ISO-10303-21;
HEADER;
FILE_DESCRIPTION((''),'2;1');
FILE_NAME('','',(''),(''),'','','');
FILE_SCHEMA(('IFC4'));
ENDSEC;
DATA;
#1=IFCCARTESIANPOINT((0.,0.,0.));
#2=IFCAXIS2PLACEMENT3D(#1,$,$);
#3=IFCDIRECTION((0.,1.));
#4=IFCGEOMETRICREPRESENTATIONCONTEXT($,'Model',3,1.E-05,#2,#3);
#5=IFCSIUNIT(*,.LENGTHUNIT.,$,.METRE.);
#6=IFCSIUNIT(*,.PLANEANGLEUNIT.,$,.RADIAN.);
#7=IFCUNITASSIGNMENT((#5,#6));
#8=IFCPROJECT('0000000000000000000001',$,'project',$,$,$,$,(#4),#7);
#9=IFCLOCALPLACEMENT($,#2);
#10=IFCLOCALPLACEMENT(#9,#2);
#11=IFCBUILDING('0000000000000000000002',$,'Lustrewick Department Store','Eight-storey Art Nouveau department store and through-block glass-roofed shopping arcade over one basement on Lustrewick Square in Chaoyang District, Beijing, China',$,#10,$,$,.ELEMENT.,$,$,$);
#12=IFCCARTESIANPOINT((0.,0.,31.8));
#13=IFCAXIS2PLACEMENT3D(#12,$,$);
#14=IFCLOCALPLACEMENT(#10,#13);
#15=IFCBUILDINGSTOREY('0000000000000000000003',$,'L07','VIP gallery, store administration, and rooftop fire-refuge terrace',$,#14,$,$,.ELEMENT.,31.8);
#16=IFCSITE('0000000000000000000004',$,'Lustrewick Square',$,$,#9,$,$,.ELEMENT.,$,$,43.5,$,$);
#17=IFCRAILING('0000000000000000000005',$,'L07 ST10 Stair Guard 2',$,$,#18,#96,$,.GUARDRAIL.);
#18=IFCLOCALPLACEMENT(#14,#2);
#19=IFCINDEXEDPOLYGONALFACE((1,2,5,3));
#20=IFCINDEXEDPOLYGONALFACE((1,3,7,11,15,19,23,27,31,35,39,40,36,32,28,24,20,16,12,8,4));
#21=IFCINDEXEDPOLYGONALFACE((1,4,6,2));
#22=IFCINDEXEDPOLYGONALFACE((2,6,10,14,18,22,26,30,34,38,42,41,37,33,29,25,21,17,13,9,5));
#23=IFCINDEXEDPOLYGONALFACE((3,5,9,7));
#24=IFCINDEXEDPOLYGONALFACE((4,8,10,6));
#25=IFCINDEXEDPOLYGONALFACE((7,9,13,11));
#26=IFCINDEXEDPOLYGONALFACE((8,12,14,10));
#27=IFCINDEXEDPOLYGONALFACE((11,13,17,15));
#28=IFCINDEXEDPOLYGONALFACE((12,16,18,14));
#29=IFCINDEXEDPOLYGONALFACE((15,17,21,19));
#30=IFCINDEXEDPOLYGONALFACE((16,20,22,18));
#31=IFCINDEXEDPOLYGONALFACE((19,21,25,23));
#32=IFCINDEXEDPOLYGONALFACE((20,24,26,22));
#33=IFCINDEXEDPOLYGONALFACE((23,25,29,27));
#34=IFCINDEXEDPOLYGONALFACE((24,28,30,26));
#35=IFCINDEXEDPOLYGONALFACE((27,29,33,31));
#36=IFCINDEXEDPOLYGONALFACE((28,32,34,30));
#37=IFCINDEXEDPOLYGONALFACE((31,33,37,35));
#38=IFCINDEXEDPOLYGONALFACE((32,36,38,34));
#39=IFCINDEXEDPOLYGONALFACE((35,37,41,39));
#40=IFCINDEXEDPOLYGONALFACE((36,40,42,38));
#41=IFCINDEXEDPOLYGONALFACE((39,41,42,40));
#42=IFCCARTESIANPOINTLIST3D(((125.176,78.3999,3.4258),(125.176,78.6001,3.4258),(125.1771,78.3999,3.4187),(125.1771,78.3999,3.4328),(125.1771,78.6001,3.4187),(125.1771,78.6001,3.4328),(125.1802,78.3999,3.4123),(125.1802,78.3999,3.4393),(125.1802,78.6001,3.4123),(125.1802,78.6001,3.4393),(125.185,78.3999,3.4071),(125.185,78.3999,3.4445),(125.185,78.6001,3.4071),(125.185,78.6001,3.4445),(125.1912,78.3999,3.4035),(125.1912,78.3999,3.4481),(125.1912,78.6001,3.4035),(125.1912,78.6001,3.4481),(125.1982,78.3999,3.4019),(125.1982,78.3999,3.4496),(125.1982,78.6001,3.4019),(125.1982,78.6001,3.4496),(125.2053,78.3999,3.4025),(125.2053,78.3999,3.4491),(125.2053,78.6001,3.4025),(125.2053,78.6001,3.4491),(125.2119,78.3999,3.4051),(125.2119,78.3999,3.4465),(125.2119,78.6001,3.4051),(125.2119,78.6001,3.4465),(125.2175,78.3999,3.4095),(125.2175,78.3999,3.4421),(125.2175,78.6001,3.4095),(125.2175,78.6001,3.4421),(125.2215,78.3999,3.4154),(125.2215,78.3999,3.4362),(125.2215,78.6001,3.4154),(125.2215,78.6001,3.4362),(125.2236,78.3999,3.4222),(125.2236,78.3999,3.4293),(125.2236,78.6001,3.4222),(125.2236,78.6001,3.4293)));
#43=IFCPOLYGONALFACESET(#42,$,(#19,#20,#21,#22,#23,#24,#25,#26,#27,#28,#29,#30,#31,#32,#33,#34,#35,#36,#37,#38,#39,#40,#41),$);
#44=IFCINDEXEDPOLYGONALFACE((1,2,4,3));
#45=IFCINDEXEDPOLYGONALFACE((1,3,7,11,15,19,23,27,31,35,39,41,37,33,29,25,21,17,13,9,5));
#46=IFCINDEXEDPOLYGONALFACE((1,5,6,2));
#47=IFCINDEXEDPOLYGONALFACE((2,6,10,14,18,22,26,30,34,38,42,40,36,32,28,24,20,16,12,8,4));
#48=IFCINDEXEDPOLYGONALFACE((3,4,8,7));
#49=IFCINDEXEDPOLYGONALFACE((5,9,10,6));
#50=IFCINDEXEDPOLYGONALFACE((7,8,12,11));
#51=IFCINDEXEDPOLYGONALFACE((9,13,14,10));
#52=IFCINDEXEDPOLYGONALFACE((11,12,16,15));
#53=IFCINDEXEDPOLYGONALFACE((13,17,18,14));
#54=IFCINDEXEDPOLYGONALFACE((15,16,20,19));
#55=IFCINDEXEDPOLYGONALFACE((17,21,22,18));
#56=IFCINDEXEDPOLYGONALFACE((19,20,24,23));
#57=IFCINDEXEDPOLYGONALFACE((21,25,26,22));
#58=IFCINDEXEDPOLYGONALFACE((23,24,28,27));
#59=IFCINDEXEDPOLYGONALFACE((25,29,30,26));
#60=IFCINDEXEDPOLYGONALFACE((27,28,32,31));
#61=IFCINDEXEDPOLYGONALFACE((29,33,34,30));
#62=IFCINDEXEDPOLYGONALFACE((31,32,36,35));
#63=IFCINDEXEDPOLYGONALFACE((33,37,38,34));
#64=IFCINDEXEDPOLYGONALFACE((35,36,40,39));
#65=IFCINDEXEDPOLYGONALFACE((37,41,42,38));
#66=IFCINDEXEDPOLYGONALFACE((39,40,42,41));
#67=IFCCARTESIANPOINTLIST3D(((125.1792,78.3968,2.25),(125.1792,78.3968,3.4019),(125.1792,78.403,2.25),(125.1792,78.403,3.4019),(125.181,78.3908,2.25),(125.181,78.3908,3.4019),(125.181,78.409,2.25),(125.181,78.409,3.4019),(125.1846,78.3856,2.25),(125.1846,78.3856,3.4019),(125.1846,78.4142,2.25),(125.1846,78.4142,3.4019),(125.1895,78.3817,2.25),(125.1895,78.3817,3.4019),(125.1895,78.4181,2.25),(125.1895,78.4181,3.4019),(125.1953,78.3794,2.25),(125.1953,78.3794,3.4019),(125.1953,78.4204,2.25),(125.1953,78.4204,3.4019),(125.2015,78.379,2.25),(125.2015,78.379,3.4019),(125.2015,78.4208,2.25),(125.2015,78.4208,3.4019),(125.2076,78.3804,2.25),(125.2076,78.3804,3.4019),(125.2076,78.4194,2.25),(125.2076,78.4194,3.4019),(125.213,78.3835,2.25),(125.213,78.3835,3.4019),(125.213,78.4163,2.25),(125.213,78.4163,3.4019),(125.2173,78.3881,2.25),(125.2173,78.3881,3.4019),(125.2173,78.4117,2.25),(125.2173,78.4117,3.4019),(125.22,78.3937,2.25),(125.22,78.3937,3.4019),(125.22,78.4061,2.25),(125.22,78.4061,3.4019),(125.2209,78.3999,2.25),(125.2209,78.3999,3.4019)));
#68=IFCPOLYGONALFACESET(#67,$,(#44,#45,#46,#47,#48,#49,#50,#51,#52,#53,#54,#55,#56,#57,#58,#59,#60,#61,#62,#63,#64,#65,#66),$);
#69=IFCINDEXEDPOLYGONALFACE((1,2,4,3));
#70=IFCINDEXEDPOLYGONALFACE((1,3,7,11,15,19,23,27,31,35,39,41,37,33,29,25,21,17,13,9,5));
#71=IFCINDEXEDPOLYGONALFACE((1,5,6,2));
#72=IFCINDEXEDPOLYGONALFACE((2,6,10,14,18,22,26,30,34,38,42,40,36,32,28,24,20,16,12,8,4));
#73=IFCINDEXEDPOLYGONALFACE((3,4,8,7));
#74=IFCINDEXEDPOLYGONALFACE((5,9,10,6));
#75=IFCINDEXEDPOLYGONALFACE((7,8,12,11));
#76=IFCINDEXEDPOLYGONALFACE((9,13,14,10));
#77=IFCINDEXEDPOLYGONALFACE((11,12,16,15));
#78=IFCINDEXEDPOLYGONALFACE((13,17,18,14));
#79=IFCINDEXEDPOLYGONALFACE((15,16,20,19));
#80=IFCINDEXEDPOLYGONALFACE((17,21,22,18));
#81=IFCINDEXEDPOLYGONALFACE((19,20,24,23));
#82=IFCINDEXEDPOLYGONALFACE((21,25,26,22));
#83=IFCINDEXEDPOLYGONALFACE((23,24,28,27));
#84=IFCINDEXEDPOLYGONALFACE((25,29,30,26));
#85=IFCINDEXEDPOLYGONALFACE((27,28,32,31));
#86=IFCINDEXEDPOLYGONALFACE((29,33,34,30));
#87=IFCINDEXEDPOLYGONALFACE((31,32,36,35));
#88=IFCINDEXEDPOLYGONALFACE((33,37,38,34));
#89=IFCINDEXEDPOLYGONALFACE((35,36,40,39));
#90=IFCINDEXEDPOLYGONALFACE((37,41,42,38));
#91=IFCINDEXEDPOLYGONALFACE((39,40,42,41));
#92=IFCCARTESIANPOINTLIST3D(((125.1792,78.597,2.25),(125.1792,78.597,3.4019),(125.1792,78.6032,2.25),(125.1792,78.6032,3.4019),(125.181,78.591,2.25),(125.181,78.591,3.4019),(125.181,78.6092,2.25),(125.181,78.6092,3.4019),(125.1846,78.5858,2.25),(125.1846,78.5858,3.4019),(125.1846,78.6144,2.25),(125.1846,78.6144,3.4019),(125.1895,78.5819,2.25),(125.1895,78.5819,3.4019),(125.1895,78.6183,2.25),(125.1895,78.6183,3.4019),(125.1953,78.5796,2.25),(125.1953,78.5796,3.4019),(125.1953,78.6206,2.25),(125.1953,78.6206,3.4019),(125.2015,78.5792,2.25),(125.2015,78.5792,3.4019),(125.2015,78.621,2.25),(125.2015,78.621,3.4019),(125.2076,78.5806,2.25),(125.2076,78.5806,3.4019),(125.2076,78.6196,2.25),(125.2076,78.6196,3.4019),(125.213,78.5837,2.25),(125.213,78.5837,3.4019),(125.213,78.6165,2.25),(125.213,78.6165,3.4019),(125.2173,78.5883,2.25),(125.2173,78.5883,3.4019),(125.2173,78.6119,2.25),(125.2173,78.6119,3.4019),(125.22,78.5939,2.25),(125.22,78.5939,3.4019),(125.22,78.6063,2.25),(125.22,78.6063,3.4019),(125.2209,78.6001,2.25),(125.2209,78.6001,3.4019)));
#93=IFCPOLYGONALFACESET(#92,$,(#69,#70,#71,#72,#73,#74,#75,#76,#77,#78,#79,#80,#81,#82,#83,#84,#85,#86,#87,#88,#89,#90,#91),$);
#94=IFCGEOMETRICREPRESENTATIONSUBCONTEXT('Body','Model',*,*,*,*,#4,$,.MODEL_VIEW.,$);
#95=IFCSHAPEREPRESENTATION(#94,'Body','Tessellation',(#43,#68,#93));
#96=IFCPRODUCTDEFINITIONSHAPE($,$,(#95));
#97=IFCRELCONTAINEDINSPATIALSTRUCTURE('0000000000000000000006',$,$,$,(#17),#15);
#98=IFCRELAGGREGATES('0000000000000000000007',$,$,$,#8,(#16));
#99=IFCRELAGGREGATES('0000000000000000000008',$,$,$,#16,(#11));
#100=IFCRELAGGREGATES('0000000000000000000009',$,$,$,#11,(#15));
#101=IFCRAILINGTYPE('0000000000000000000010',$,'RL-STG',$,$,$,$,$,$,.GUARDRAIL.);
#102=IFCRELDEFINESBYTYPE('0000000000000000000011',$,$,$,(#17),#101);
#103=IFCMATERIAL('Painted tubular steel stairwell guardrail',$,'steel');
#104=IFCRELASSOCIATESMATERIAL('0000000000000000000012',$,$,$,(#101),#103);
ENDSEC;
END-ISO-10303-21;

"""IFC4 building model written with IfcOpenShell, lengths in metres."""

from ifc_helpers import new_model, si_unit, direction, frame, origin, origin_2d, place, context, subcontext, project, spatial, circle, extrude, material, type_object, element, save


model = new_model("IFC4")

# Units and contexts
model_context = context("Model", 3, precision=1e-05, world=origin(), true_north=direction((0.0, 1.0)))
body_context = subcontext(model_context, "Body", "Model", "MODEL_VIEW")
ifc_project = project(units=[si_unit("LENGTHUNIT", "METRE"), si_unit("PLANEANGLEUNIT", "RADIAN")], contexts=[model_context])

# Site, building, storey
site_placement = place(None, origin())
site = spatial("IfcSite", under=ifc_project, at=site_placement, Name="Lustrewick Square", CompositionType="ELEMENT", RefElevation=43.5)
building_placement = place(site_placement, origin())
building = spatial("IfcBuilding", under=site, at=building_placement, Name="Lustrewick Department Store", Description="Eight-storey Art Nouveau department store and through-block glass-roofed shopping arcade over one basement on Lustrewick Square in Chaoyang District, Beijing, China", CompositionType="ELEMENT")
storey_placement = place(building_placement, frame((0.0, 0.0, 31.8)))
storey = spatial("IfcBuildingStorey", under=building, at=storey_placement, Name="L07", Description="VIP gallery, store administration, and rooftop fire-refuge terrace", CompositionType="ELEMENT", Elevation=31.8)

# Railing
ifc_material_1 = material(Name="Painted tubular steel stairwell guardrail", Category="steel")
railing_type_1 = type_object("IfcRailingType", Name="RL-STG", PredefinedType="GUARDRAIL", material=ifc_material_1)
railing_1_placement = place(storey_placement, frame((125.2, 78.3999, 2.25)))
element("IfcRailing", 1, at=railing_1_placement, inside=storey, type_object=railing_type_1, Name="L07 ST10 Stair Guard 2", PredefinedType="GUARDRAIL", context=body_context, shape_type="SweptSolid", body=[
    extrude(circle(Radius=0.0239, at=origin_2d()), frame((0.0, 0.0, 1.1758), z_axis=(0.0, 1.0, 0.0), x_axis=(-1.0, 0.0, 0.0)), (0.0, 0.0, 1.0), 0.2002),
    extrude(circle(Radius=0.021, at=origin_2d()), origin(), (0.0, 0.0, 1.0), 1.1519),
    extrude(circle(Radius=0.021, at=origin_2d()), frame((0.0, 0.2002, 0.0)), (0.0, 0.0, 1.0), 1.1519),
])

save(model, "model.ifc")
